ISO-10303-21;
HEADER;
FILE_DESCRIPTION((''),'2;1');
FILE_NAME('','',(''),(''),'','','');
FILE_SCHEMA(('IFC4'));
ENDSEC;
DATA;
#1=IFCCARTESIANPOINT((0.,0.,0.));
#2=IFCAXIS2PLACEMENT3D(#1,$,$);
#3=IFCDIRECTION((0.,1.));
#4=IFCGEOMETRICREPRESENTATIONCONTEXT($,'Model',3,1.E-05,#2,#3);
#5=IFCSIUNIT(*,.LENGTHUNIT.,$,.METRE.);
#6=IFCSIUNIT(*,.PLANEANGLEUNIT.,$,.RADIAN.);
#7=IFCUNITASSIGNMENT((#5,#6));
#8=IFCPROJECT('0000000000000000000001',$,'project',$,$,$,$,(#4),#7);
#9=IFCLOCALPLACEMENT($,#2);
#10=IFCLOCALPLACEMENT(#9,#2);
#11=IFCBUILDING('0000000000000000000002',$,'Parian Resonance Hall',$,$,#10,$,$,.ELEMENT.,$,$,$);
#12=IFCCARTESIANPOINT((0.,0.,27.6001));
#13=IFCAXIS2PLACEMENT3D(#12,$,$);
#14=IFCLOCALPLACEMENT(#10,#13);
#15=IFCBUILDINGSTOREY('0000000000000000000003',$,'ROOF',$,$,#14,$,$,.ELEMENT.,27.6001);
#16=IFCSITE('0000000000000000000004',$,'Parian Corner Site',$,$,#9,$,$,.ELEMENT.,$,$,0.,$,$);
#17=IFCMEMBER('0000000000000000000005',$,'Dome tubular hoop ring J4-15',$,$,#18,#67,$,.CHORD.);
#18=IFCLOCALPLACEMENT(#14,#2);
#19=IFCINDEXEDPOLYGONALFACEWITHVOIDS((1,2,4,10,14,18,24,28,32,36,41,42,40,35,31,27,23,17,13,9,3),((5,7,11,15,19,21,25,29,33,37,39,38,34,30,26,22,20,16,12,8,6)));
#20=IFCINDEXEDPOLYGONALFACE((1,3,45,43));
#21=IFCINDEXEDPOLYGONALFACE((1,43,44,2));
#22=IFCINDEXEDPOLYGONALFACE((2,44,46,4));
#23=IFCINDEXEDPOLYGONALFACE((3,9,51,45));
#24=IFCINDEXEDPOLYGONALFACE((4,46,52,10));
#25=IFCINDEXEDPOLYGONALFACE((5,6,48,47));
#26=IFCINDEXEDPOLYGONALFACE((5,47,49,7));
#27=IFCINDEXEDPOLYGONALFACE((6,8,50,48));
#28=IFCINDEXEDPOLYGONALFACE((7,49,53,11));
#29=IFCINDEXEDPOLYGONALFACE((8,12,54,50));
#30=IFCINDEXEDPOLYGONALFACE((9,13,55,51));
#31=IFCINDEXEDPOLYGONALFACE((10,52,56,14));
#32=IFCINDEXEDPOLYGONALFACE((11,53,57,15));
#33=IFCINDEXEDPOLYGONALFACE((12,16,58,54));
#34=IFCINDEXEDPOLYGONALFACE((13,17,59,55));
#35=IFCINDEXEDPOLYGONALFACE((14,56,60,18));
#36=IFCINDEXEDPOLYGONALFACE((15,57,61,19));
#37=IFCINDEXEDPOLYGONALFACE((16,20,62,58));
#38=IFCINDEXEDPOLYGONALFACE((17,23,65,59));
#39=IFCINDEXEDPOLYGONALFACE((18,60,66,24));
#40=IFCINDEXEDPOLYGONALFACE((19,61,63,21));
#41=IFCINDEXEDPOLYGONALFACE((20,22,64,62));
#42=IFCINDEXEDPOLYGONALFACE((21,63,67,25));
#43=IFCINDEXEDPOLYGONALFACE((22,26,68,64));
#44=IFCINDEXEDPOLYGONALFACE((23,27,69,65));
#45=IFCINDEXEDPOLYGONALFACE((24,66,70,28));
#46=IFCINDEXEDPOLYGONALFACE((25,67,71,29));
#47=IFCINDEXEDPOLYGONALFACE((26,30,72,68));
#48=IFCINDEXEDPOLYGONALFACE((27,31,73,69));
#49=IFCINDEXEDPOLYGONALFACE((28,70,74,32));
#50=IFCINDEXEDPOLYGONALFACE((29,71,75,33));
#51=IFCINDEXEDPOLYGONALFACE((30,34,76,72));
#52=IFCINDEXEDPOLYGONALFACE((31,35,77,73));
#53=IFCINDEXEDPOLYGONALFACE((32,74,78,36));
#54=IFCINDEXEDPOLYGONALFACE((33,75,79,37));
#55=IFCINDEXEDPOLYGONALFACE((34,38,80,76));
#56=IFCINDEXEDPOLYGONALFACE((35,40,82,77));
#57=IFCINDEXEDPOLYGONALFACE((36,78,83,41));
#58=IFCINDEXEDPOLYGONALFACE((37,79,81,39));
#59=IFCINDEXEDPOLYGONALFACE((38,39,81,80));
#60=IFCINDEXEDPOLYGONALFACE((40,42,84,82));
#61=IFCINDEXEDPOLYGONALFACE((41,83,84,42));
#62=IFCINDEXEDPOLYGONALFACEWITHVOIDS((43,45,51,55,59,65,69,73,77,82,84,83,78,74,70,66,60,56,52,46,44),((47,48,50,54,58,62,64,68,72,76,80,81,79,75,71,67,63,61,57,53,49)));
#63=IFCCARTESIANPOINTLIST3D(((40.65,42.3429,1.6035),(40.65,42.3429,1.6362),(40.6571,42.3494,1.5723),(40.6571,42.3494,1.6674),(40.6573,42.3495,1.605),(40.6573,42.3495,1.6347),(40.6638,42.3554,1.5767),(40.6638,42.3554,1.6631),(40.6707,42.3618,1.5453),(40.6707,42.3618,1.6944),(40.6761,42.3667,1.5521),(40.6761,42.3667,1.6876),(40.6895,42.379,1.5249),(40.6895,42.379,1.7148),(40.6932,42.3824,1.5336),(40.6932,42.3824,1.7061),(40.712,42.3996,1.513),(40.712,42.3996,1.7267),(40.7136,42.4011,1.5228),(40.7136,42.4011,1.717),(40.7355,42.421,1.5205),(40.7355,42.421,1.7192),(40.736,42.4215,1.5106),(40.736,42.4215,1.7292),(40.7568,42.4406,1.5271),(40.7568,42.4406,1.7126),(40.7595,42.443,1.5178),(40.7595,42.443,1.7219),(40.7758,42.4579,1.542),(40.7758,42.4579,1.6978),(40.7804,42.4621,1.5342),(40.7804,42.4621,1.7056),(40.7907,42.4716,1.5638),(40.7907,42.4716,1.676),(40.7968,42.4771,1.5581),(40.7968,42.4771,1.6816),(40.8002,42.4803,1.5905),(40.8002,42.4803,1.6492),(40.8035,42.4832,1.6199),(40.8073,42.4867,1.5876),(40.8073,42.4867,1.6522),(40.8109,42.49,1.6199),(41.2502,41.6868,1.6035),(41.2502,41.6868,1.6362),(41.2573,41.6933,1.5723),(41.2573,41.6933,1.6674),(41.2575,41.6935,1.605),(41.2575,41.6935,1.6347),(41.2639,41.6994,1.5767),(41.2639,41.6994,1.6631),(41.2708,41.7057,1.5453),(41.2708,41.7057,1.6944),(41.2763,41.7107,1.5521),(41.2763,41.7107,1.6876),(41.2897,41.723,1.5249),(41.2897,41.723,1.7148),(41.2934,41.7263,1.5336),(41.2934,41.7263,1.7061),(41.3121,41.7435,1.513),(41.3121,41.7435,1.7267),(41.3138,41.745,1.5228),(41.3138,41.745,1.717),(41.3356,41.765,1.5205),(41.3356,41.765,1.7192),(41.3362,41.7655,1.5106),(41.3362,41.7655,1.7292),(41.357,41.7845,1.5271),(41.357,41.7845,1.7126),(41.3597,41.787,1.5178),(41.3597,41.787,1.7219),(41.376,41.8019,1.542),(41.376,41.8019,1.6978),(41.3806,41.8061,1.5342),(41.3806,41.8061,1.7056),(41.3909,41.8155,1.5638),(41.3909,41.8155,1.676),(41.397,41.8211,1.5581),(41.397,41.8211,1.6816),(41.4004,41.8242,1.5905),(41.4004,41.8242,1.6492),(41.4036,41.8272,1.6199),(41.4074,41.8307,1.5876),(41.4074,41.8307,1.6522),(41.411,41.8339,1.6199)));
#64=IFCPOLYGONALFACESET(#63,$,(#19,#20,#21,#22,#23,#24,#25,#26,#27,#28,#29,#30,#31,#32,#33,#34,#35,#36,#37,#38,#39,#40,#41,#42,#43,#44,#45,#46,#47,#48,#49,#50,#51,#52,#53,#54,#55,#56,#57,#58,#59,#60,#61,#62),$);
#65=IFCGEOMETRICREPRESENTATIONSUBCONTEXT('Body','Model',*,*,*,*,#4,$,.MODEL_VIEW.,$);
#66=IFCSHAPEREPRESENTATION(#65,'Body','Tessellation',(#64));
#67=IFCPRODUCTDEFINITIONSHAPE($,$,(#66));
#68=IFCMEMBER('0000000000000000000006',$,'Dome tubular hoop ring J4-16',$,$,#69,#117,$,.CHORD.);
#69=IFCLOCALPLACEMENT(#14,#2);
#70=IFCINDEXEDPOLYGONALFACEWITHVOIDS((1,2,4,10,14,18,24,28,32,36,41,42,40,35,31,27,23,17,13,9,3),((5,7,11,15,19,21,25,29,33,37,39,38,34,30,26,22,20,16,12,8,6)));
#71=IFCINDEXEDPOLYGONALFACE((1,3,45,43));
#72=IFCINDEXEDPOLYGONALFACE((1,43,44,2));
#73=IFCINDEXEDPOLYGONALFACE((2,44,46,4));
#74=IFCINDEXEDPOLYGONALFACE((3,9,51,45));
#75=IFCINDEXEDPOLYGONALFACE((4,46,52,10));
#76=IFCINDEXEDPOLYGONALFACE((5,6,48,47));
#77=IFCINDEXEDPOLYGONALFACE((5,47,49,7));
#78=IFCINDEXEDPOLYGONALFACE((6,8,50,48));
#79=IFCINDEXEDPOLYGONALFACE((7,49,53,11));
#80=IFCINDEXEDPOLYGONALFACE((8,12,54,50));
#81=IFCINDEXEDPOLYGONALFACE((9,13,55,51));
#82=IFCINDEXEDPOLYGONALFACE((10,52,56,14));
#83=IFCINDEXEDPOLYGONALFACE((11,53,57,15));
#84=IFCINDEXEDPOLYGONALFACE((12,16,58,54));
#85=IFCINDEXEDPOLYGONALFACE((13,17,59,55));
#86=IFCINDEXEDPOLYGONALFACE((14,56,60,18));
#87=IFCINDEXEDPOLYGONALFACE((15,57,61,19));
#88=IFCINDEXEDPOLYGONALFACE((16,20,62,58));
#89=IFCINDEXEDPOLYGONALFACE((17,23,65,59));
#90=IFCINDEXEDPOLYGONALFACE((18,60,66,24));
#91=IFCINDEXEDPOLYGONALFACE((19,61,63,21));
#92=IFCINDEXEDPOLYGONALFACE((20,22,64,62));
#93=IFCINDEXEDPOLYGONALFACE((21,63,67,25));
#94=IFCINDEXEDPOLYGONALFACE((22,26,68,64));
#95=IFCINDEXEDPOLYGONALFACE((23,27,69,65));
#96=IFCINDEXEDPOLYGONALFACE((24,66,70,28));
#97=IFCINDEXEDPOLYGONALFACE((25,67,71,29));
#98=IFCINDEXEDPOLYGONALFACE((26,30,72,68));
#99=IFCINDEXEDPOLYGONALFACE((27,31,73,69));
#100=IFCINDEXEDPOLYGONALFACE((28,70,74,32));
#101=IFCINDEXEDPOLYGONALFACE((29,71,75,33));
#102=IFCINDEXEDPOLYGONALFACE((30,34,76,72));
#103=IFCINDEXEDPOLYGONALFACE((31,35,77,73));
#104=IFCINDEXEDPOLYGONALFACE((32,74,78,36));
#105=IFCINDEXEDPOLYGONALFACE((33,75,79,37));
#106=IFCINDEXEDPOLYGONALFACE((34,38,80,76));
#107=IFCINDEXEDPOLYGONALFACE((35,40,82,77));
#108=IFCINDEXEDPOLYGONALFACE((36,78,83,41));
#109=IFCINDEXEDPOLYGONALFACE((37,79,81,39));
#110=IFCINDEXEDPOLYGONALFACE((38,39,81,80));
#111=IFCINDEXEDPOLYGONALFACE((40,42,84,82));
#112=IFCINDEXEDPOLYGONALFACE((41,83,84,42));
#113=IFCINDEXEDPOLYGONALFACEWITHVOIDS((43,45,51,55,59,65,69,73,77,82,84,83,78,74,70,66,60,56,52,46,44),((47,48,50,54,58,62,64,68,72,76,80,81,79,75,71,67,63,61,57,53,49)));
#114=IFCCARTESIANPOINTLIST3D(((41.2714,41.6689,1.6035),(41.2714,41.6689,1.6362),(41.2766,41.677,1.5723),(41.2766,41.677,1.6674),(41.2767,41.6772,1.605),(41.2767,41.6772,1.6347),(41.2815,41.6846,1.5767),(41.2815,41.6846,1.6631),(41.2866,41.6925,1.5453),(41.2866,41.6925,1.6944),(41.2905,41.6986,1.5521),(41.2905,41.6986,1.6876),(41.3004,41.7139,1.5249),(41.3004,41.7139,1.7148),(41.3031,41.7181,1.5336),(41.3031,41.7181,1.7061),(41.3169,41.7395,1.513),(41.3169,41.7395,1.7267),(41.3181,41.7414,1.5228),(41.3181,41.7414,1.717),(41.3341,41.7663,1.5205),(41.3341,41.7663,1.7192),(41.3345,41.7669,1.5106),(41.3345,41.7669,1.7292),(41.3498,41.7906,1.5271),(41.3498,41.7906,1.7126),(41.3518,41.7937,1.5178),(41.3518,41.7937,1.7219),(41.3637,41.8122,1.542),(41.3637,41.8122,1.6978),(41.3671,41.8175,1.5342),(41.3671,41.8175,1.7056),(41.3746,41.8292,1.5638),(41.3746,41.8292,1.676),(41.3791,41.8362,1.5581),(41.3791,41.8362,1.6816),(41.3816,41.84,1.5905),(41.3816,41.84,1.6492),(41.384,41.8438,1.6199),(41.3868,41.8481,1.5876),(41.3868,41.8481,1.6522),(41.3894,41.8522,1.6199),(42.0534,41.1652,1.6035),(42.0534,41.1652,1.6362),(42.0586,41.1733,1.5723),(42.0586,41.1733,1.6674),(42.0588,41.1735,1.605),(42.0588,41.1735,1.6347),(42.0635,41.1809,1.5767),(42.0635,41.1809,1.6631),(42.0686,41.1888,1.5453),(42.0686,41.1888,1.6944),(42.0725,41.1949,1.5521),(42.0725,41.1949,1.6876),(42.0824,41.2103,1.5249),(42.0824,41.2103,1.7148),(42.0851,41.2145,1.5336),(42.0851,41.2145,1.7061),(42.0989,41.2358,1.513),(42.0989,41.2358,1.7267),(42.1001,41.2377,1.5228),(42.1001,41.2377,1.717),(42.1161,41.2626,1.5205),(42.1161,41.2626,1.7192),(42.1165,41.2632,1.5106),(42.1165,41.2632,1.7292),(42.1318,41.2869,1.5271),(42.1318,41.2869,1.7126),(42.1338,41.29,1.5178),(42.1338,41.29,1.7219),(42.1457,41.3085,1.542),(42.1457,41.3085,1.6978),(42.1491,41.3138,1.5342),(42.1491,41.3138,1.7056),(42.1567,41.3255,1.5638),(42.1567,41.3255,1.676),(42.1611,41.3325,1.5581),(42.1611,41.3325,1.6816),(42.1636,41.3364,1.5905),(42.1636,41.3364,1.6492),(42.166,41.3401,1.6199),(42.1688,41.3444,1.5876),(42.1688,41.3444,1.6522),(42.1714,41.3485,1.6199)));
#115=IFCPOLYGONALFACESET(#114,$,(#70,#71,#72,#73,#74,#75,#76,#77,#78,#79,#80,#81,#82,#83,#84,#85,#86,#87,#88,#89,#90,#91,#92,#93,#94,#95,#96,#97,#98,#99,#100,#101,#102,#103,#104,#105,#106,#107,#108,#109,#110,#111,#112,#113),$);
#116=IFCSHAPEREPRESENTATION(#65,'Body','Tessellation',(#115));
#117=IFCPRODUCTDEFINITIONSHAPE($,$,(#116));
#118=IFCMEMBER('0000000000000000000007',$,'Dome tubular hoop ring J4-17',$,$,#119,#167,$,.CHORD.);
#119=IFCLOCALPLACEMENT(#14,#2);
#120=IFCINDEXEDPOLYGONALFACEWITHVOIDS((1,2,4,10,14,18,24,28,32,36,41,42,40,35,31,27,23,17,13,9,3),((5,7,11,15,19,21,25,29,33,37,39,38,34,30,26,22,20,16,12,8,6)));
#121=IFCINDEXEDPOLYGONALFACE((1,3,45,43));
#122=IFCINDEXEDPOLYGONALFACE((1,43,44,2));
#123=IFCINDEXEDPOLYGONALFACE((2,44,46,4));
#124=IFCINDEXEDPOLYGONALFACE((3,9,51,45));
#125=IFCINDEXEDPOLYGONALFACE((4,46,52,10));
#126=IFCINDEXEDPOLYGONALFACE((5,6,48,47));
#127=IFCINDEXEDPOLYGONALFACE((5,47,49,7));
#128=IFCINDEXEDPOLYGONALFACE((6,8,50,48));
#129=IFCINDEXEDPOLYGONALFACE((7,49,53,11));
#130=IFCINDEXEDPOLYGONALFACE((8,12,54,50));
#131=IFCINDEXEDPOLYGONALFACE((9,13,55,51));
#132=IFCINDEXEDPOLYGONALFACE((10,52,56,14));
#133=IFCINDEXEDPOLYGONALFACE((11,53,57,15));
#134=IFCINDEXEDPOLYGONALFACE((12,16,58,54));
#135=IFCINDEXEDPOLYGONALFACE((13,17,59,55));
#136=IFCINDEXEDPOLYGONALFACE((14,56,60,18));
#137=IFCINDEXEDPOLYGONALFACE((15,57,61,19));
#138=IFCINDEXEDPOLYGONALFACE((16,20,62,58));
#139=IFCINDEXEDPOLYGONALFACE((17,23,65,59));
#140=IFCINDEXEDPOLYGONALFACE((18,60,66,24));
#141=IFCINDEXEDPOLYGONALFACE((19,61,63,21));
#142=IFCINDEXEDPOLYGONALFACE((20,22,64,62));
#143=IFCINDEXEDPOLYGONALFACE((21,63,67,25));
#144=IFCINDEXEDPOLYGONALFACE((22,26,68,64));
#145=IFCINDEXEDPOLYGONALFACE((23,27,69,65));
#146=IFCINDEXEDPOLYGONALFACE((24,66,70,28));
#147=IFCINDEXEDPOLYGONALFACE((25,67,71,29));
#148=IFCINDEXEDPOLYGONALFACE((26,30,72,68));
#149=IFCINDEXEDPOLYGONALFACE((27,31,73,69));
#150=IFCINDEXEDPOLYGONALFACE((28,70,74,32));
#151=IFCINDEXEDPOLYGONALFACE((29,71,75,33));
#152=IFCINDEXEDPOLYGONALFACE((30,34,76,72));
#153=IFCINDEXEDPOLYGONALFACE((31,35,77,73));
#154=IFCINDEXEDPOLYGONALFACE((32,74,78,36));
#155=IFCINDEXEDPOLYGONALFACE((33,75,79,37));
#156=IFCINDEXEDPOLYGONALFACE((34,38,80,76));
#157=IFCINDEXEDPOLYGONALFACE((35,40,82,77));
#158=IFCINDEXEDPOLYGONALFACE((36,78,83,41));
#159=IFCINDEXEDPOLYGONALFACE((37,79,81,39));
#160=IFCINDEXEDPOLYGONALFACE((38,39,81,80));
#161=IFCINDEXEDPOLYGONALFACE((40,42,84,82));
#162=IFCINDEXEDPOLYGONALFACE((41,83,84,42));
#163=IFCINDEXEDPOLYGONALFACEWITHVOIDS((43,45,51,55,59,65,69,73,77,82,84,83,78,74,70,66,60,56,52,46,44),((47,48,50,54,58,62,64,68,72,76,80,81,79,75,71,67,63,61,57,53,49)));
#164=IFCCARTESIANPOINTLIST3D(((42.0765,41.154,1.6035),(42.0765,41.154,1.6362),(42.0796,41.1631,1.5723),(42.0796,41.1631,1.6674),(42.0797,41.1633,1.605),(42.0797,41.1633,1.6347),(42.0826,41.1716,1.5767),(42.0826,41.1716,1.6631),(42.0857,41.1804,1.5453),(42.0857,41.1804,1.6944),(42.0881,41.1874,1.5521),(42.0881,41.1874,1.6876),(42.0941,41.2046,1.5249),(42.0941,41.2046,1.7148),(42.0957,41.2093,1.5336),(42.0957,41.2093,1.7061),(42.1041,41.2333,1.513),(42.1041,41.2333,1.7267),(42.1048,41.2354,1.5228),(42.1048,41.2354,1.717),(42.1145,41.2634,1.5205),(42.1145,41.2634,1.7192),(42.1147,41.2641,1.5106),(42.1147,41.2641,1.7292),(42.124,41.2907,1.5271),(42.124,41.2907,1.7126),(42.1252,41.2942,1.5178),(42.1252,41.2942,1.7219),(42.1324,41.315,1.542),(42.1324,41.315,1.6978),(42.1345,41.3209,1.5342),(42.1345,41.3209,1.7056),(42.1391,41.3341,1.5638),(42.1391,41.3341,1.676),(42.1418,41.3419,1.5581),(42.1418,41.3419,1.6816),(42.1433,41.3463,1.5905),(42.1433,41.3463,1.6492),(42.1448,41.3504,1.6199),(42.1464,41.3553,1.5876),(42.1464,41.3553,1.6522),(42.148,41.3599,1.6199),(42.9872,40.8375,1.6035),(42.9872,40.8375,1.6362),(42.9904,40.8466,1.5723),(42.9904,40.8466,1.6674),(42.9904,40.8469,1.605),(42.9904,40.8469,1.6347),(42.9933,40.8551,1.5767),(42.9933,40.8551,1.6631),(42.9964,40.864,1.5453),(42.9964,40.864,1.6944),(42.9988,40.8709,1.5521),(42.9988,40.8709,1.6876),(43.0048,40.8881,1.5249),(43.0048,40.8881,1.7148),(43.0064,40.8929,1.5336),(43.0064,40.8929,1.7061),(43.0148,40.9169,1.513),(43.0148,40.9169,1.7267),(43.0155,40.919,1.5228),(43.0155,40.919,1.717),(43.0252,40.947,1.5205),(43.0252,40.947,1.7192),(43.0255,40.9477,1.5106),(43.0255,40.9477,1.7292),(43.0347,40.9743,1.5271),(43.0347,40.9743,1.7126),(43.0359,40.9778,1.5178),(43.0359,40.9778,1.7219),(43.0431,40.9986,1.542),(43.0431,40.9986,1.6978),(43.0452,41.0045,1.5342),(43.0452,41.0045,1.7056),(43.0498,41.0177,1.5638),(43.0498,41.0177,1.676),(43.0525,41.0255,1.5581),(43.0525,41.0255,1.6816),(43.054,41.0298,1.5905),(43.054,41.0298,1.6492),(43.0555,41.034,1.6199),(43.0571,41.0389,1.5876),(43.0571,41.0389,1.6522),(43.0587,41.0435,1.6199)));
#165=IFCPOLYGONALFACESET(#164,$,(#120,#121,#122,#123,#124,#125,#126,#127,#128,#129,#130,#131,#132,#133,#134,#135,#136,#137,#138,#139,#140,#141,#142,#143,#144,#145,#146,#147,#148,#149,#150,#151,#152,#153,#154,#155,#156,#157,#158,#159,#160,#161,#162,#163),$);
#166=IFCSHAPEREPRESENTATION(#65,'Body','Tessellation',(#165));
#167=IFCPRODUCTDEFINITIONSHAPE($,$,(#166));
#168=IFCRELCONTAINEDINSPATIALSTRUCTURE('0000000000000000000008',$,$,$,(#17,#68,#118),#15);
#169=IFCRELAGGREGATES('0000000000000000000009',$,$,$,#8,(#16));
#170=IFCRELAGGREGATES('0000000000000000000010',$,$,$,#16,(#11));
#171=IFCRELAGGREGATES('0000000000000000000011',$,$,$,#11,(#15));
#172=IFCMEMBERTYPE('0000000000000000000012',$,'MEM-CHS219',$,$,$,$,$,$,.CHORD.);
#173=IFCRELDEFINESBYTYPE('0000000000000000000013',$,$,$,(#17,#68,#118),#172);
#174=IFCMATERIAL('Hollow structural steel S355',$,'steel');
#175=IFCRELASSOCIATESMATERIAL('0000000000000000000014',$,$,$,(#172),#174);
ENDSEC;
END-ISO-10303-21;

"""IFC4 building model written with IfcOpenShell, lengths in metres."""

from ifc_helpers import new_model, si_unit, direction, frame, origin, origin_2d, place, context, subcontext, project, spatial, hollow_circle, extrude, material, material_profile, profile_set, type_object, element, save


model = new_model("IFC4")

# Units and contexts
model_context = context("Model", 3, precision=1e-05, world=origin(), true_north=direction((0.0, 1.0)))
body_context = subcontext(model_context, "Body", "Model", "MODEL_VIEW")
ifc_project = project(units=[si_unit("LENGTHUNIT", "METRE"), si_unit("PLANEANGLEUNIT", "RADIAN")], contexts=[model_context])

# Site, building, storey
site_placement = place(None, origin())
site = spatial("IfcSite", under=ifc_project, at=site_placement, Name="Parian Corner Site", CompositionType="ELEMENT", RefElevation=0.0)
building_placement = place(site_placement, origin())
building = spatial("IfcBuilding", under=site, at=building_placement, Name="Parian Resonance Hall", CompositionType="ELEMENT")
storey_placement = place(building_placement, frame((0.0, 0.0, 27.6001)))
storey = spatial("IfcBuildingStorey", under=building, at=storey_placement, Name="ROOF", CompositionType="ELEMENT", Elevation=27.6001)

# Members
ifc_material_1 = material(Name="Hollow structural steel S355", Category="steel")
ifc_material_profile_1 = material_profile(ifc_material_1, hollow_circle(Radius=0.1096, WallThickness=0.01, at=origin_2d()), Name="CHS219.1x10")
ifc_profile_set_1 = profile_set([ifc_material_profile_1], Name="Hollow structural steel S355")
member_type_1 = type_object("IfcMemberType", Name="MEM-CHS219", PredefinedType="CHORD", material=ifc_profile_set_1)
member_1_placement = place(storey_placement, frame((40.73, 42.416, 1.6199), z_axis=(0.674966, -0.737849, 0.0), x_axis=(0.737849, 0.674966, 0.0)))
element("IfcMember", 1, at=member_1_placement, inside=storey, type_object=member_type_1, Name="Dome tubular hoop ring J4-15", PredefinedType="CHORD", context=body_context, shape_type="SweptSolid", body=[
    extrude(hollow_circle(Radius=0.1096, WallThickness=0.01, at=origin_2d()), origin(), (0.0, 0.0, 1.0), 0.8892),
])
member_2_placement = place(storey_placement, frame((41.3301, 41.76, 1.6199), z_axis=(0.840709, -0.541487, 0.0), x_axis=(0.541487, 0.840709, 0.0)))
element("IfcMember", 2, at=member_2_placement, inside=storey, type_object=member_type_1, Name="Dome tubular hoop ring J4-16", PredefinedType="CHORD", context=body_context, shape_type="SweptSolid", body=[
    extrude(hollow_circle(Radius=0.1096, WallThickness=0.01, at=origin_2d()), origin(), (0.0, 0.0, 1.0), 0.9302),
])
member_3_placement = place(storey_placement, frame((42.1121, 41.2563, 1.6199), z_axis=(0.944606, -0.328206, 0.0), x_axis=(0.328206, 0.944606, 0.0)))
element("IfcMember", 3, at=member_3_placement, inside=storey, type_object=member_type_1, Name="Dome tubular hoop ring J4-17", PredefinedType="CHORD", context=body_context, shape_type="SweptSolid", body=[
    extrude(hollow_circle(Radius=0.1096, WallThickness=0.01, at=origin_2d()), origin(), (0.0, 0.0, 1.0), 0.9641),
])

save(model, "model.ifc")
